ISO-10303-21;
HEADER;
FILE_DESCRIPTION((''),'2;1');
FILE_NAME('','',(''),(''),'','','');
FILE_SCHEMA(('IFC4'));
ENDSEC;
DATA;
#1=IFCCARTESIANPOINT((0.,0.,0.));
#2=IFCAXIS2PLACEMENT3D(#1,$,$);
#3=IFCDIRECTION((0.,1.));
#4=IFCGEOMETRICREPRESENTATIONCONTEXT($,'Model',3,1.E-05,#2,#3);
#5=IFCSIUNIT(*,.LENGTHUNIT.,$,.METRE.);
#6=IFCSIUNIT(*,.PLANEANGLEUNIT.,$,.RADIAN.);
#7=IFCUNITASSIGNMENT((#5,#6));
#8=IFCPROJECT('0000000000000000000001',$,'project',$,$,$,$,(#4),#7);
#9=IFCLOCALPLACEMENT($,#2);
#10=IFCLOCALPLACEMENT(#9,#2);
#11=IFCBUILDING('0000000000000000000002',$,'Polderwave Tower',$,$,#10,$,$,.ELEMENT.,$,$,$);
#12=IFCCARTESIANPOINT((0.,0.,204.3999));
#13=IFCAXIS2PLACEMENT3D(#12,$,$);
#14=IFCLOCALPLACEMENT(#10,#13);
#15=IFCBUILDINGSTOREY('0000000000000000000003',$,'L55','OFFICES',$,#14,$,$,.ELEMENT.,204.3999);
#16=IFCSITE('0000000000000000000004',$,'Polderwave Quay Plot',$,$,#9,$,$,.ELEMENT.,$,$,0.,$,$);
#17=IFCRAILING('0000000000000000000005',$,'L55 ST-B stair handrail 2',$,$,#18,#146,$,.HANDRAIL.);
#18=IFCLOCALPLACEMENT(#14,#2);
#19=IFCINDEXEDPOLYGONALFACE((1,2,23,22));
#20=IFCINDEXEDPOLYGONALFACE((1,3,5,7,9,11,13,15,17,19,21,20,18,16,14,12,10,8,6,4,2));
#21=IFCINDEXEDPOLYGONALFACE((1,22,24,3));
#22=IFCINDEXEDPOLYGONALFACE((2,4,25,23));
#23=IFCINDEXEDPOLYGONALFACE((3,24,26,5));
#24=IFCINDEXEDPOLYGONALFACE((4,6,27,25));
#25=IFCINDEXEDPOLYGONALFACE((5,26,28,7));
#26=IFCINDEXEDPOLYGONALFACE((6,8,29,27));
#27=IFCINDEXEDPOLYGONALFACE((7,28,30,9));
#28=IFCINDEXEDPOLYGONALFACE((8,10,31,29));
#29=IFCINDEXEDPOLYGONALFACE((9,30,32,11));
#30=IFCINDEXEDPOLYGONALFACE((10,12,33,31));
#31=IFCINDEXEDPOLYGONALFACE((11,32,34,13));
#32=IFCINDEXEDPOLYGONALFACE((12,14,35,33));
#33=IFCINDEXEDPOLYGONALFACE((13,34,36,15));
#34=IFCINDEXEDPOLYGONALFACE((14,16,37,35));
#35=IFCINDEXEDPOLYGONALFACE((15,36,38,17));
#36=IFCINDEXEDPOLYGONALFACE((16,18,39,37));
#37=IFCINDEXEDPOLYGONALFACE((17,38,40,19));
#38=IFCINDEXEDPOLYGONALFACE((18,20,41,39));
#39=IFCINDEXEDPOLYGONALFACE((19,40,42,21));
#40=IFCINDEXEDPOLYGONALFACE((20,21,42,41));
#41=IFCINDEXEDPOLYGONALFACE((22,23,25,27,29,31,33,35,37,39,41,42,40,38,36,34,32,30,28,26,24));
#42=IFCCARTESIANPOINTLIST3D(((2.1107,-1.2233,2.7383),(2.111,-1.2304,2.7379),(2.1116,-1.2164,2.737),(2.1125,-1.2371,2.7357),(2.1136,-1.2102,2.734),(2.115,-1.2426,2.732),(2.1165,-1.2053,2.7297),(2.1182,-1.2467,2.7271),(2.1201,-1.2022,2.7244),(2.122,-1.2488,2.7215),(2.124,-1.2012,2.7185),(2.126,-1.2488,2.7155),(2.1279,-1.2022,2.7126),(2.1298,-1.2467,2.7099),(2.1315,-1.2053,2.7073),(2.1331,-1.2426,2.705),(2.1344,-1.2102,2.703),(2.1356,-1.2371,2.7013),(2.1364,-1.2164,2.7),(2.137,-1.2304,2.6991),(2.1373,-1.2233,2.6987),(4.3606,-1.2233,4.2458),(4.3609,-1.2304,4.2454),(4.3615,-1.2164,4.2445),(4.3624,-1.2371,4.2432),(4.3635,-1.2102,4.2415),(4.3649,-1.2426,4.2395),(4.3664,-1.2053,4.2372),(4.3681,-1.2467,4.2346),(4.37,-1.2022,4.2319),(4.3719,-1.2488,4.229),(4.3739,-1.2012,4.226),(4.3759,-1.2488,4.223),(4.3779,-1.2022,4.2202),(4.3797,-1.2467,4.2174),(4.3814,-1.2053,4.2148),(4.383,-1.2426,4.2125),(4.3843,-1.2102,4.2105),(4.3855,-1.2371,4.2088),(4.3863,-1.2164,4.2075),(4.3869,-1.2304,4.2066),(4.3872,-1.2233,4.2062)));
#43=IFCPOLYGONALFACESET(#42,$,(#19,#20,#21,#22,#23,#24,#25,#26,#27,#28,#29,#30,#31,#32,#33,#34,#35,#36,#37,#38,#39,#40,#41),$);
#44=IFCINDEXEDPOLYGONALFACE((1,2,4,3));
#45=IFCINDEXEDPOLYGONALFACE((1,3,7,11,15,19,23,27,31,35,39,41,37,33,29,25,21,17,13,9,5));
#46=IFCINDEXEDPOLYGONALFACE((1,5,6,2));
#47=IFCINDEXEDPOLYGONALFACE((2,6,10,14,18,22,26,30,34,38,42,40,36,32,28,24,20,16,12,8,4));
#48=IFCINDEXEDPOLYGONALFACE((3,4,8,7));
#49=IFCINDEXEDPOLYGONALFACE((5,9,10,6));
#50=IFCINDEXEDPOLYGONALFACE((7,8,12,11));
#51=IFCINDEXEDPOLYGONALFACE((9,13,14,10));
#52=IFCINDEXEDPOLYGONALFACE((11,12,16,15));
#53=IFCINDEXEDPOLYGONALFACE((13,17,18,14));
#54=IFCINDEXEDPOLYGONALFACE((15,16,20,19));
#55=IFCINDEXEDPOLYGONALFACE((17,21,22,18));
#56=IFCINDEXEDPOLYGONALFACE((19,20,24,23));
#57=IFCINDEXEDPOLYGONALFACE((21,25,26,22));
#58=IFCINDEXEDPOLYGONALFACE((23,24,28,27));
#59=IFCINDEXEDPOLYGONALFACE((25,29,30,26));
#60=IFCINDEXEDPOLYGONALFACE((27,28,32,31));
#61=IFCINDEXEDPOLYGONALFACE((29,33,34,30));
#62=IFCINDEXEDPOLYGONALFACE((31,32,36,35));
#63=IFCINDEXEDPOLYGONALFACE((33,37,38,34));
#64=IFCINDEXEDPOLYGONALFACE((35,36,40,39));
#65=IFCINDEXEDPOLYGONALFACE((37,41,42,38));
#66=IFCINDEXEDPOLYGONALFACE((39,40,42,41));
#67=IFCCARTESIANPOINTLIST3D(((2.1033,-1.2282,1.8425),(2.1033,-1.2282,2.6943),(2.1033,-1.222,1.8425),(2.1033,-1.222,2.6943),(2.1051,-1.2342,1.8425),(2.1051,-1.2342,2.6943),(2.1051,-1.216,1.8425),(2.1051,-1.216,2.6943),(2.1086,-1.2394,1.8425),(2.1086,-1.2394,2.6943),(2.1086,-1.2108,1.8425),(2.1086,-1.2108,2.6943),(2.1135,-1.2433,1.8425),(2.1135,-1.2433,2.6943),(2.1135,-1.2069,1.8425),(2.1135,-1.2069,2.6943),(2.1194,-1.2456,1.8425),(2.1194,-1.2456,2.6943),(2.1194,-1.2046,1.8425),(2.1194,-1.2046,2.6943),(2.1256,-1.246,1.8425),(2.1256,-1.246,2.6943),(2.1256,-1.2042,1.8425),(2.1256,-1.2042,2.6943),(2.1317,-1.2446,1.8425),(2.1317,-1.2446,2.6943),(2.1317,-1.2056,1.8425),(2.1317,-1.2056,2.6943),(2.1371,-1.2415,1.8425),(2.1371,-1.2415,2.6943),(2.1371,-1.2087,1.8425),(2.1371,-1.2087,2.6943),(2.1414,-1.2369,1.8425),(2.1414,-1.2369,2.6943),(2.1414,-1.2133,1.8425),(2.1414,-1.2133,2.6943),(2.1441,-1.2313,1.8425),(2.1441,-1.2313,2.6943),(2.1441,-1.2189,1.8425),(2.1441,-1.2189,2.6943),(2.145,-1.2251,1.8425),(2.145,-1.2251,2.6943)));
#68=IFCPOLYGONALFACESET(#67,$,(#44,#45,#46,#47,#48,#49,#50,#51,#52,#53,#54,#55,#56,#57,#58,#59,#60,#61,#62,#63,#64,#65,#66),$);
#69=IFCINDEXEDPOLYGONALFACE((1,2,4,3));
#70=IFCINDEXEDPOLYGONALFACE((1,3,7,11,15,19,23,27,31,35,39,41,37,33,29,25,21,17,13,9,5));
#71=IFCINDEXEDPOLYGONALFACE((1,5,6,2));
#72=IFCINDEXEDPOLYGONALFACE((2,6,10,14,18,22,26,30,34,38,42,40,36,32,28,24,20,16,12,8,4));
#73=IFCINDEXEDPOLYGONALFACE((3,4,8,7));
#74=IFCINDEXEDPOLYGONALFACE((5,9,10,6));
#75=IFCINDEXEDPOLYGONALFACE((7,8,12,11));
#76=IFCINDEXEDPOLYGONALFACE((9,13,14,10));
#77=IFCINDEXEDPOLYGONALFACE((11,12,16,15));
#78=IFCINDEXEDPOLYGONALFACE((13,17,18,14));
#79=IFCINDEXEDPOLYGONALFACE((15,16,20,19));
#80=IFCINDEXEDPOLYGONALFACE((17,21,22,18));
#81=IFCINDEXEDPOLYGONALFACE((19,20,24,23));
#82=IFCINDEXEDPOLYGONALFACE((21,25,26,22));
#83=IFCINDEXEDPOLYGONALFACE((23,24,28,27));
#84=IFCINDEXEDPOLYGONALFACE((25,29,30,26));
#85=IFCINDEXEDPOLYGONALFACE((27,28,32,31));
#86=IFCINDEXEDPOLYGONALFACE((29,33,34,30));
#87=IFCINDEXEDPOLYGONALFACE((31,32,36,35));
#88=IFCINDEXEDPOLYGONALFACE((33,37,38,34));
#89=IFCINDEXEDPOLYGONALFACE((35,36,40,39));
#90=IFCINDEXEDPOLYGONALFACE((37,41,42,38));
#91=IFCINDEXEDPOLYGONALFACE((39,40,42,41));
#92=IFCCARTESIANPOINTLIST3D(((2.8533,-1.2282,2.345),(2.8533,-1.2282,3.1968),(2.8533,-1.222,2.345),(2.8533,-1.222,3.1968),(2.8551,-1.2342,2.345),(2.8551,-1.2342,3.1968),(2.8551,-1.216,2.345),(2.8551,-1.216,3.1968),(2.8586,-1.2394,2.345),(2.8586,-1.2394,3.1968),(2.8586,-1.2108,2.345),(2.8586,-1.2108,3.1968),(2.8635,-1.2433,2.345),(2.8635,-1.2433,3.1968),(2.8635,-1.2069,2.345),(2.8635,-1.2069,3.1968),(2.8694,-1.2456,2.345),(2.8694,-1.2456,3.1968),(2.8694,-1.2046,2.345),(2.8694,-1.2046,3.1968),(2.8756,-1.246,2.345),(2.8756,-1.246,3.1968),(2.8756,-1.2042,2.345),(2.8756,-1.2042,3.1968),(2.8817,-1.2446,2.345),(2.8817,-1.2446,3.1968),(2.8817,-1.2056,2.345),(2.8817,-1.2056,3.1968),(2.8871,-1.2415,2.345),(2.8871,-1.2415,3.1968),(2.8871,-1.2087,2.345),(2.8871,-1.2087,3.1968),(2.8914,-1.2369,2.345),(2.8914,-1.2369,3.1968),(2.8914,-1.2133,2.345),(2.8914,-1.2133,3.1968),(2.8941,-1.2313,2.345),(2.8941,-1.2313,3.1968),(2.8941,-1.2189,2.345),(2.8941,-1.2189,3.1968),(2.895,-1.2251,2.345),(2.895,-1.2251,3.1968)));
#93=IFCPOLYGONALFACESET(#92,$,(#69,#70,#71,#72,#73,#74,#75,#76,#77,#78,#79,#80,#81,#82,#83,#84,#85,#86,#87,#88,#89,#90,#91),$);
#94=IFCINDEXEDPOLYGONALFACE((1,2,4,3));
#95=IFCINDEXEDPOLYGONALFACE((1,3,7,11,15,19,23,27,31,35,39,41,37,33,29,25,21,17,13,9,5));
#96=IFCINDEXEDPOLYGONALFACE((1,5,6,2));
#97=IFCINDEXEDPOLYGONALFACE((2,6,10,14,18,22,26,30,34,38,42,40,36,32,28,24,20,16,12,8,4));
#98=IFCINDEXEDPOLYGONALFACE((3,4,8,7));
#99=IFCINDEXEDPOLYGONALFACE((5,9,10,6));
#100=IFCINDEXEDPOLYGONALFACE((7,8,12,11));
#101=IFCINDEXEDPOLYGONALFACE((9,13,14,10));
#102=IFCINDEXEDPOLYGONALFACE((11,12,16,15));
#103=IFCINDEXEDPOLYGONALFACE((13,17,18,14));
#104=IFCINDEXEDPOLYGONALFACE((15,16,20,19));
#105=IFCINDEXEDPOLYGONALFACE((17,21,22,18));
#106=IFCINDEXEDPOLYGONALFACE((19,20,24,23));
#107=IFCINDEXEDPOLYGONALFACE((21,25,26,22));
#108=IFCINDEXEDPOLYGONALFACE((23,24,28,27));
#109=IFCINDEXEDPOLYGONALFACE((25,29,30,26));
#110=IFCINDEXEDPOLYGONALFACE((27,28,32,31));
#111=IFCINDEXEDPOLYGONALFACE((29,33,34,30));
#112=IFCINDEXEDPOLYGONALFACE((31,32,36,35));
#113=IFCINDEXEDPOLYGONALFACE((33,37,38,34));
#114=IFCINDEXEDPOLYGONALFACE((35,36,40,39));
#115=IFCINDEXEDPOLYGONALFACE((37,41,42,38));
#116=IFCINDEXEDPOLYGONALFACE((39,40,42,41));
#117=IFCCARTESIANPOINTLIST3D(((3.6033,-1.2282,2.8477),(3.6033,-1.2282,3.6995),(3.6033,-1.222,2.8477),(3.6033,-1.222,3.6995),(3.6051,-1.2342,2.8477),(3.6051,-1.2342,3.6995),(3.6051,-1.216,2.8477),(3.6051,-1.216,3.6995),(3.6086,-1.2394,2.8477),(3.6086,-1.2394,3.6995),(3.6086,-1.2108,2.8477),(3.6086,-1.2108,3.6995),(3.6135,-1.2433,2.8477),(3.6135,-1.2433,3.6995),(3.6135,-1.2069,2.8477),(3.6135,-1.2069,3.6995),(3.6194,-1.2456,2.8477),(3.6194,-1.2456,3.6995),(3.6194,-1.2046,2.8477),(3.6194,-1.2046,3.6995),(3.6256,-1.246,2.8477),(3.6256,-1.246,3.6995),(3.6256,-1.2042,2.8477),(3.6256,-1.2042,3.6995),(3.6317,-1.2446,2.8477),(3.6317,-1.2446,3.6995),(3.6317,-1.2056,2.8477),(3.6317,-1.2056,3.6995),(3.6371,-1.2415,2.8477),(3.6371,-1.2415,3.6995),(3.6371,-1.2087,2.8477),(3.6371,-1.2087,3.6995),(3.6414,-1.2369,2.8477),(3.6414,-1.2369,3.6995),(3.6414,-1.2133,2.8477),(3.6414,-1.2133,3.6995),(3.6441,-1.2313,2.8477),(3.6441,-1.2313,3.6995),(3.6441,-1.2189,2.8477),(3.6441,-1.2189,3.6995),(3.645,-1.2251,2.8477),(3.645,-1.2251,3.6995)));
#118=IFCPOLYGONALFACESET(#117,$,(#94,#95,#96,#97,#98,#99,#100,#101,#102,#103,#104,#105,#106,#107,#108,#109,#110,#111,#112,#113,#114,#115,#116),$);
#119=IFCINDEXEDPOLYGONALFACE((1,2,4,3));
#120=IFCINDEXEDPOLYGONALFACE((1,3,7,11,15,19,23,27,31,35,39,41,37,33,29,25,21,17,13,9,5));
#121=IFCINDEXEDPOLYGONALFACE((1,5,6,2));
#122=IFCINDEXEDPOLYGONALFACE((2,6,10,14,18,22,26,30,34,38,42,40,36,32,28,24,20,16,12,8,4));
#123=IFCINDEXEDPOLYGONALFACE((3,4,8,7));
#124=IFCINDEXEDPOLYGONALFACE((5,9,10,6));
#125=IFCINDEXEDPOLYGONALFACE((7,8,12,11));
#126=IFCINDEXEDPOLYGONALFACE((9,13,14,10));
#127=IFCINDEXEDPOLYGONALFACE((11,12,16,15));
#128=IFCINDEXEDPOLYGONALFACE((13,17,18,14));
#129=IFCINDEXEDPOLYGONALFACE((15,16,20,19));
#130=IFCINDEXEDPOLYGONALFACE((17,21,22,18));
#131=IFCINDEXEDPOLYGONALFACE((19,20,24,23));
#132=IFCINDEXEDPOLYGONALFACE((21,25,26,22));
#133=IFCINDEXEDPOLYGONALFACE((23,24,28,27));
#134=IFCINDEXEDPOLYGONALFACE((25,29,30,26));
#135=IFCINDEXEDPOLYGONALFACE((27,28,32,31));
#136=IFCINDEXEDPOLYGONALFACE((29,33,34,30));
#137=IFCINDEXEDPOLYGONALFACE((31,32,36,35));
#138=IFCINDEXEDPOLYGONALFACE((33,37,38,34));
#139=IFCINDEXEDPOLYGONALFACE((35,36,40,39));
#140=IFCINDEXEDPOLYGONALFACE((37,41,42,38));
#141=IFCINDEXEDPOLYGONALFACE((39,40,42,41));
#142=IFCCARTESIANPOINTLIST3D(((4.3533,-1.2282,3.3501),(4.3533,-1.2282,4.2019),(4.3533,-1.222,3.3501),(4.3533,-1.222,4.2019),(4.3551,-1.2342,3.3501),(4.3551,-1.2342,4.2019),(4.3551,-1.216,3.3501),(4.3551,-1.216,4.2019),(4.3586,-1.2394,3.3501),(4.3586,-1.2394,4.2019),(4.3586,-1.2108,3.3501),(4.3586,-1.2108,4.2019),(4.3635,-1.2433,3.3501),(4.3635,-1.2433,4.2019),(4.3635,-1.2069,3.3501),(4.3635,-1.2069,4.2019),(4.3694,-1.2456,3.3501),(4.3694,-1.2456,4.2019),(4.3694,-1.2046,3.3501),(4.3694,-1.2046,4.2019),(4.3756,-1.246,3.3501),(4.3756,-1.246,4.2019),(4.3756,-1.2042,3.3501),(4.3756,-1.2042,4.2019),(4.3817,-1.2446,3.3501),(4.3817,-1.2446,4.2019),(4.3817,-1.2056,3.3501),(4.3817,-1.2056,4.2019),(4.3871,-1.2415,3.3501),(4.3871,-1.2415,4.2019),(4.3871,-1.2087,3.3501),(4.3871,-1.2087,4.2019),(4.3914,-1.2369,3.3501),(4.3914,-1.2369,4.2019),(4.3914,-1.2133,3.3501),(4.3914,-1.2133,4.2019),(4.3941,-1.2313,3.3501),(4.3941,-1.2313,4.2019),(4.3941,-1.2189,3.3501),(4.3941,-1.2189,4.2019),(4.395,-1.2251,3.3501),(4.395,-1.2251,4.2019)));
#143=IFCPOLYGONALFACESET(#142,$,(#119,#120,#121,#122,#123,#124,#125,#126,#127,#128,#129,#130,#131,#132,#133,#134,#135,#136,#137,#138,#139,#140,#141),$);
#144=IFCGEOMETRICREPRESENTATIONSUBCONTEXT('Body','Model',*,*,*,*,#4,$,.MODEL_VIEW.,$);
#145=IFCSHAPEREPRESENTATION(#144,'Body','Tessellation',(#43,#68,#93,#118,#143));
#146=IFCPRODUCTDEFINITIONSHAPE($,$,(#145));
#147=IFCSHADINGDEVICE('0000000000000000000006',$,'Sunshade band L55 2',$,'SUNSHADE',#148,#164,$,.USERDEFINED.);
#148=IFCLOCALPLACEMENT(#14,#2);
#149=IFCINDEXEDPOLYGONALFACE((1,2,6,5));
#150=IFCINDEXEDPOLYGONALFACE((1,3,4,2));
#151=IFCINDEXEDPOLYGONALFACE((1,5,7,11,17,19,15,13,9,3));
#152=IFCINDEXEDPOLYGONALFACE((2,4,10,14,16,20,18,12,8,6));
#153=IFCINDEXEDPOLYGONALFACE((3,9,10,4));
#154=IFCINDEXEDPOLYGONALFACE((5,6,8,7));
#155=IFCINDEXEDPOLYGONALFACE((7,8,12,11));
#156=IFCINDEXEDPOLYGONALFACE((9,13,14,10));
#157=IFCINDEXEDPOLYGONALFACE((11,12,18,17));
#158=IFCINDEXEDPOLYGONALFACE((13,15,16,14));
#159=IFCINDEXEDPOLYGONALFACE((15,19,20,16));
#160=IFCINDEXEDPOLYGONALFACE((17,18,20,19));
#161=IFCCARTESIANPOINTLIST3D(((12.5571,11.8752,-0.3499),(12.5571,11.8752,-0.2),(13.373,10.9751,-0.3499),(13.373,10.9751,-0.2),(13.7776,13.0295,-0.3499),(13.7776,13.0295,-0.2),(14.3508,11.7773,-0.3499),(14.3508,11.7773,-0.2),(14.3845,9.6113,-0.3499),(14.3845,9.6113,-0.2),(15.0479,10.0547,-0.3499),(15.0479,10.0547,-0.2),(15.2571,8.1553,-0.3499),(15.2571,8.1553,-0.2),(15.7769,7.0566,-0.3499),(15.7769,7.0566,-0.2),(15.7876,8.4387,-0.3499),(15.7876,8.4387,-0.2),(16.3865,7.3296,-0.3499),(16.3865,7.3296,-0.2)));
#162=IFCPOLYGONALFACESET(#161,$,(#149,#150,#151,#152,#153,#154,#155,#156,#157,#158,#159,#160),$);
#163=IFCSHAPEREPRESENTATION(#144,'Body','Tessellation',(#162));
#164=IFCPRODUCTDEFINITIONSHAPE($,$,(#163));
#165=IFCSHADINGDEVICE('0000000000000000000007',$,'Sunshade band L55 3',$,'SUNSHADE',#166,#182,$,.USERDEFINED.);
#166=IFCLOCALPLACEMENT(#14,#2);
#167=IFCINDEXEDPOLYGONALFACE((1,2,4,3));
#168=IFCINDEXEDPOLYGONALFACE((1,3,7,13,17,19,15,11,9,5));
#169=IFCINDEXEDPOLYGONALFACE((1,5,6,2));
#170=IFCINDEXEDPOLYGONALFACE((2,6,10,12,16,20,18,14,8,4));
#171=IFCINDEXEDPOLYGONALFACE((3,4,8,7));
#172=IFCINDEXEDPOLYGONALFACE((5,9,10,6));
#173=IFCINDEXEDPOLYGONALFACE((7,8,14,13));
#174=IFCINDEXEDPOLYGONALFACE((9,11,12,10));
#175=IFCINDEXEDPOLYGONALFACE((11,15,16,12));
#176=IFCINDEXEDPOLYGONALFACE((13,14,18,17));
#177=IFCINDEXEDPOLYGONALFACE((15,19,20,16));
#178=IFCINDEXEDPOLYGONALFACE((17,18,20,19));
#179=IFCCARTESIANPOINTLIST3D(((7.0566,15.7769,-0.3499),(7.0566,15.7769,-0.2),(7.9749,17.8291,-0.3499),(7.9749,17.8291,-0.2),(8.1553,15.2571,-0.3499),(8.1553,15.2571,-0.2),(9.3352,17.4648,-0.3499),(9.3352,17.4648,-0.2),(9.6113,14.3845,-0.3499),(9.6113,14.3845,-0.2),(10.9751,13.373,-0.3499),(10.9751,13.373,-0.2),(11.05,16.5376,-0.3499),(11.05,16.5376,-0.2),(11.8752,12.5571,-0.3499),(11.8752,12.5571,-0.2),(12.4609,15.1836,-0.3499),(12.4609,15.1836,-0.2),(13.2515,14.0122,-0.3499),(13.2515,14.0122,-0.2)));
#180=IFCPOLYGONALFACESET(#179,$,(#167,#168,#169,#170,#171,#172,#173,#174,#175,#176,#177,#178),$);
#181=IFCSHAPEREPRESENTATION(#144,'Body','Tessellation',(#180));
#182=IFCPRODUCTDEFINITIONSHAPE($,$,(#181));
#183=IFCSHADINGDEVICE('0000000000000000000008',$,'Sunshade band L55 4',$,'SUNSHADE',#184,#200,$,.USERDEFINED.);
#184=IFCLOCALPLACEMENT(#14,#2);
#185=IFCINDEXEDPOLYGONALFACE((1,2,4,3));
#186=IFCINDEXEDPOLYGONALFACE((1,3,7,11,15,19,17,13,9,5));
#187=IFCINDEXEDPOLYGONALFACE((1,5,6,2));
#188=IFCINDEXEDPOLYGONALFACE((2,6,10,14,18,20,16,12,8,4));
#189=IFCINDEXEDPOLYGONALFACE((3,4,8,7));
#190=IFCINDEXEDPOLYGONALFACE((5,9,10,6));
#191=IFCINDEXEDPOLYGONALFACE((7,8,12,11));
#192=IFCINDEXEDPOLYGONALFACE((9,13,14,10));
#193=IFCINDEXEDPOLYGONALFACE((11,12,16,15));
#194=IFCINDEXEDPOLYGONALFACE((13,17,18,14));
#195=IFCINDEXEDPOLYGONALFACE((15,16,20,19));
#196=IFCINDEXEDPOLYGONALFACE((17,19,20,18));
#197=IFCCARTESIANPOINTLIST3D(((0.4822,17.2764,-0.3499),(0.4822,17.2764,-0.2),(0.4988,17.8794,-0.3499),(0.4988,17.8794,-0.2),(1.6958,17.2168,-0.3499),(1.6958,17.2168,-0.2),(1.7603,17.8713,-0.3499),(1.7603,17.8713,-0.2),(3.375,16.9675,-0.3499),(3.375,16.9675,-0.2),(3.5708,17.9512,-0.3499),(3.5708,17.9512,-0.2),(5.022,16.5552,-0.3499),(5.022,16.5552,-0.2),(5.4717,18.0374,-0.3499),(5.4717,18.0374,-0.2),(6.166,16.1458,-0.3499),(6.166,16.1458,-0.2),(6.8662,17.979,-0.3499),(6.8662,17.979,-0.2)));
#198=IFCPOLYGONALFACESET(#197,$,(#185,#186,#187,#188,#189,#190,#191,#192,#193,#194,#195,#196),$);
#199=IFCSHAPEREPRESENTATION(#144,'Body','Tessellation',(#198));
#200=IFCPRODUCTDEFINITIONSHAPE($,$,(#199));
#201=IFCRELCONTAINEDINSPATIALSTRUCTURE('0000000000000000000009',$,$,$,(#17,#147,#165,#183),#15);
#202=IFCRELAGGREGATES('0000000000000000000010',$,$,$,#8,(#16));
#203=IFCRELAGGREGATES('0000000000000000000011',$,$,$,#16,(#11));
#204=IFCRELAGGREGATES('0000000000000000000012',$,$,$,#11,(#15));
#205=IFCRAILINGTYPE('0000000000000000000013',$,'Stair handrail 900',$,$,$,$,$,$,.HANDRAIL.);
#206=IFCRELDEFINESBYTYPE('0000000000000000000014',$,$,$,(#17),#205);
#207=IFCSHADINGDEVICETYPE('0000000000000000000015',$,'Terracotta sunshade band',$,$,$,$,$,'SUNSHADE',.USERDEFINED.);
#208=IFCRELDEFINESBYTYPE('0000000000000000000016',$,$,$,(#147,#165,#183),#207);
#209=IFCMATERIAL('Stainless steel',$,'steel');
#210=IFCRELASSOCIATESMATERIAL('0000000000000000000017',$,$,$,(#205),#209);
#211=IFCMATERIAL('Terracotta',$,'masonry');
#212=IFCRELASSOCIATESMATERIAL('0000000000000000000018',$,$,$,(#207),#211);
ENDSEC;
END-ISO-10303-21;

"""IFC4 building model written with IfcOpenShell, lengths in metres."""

from ifc_helpers import new_model, si_unit, direction, frame, origin, origin_2d, place, context, subcontext, project, spatial, polyline, circle, outline, extrude, material, type_object, element, save


model = new_model("IFC4")

# Units and contexts
model_context = context("Model", 3, precision=1e-05, world=origin(), true_north=direction((0.0, 1.0)))
body_context = subcontext(model_context, "Body", "Model", "MODEL_VIEW")
ifc_project = project(units=[si_unit("LENGTHUNIT", "METRE"), si_unit("PLANEANGLEUNIT", "RADIAN")], contexts=[model_context])

# Site, building, storey
site_placement = place(None, origin())
site = spatial("IfcSite", under=ifc_project, at=site_placement, Name="Polderwave Quay Plot", CompositionType="ELEMENT", RefElevation=0.0)
building_placement = place(site_placement, origin())
building = spatial("IfcBuilding", under=site, at=building_placement, Name="Polderwave Tower", CompositionType="ELEMENT")
storey_placement = place(building_placement, frame((0.0, 0.0, 204.3999)))
storey = spatial("IfcBuildingStorey", under=building, at=storey_placement, Name="L55", Description="OFFICES", CompositionType="ELEMENT", Elevation=204.3999)

# Railing
ifc_material_1 = material(Name="Stainless steel", Category="steel")
railing_type_1 = type_object("IfcRailingType", Name="Stair handrail 900", PredefinedType="HANDRAIL", material=ifc_material_1)
railing_1_placement = place(storey_placement, frame((2.124, -1.2251, 1.8425)))
element("IfcRailing", 1, at=railing_1_placement, inside=storey, type_object=railing_type_1, Name="L55 ST-B stair handrail 2", PredefinedType="HANDRAIL", context=body_context, shape_type="SweptSolid", body=[
    extrude(circle(Radius=0.0239, at=origin_2d()), frame((0.0, 0.0, 0.876), z_axis=(0.830758, 0.0, 0.556633), x_axis=(0.0, 1.0, 0.0)), (0.0, 0.0, 1.0), 2.7083),
    extrude(circle(Radius=0.021, at=origin_2d()), origin(), (0.0, 0.0, 1.0), 0.8518),
    extrude(circle(Radius=0.021, at=origin_2d()), frame((0.75, 0.0, 0.5024)), (0.0, 0.0, 1.0), 0.8518),
    extrude(circle(Radius=0.021, at=origin_2d()), frame((1.5, 0.0, 1.0051)), (0.0, 0.0, 1.0), 0.8518),
    extrude(circle(Radius=0.021, at=origin_2d()), frame((2.25, 0.0, 1.5076)), (0.0, 0.0, 1.0), 0.8518),
])

# Shading devices
ifc_material_2 = material(Name="Terracotta", Category="masonry")
shading_device_type = type_object("IfcShadingDeviceType", Name="Terracotta sunshade band", ElementType="SUNSHADE", PredefinedType="USERDEFINED", material=ifc_material_2)
shading_device_1_placement = place(storey_placement, frame((0.0, 0.0, -0.3499)))
element("IfcShadingDevice", 2, at=shading_device_1_placement, inside=storey, type_object=shading_device_type, Name="Sunshade band L55 2", ObjectType="SUNSHADE", PredefinedType="USERDEFINED", context=body_context, shape_type="SweptSolid", body=[
    extrude(outline(polyline([(15.7769, 7.0566), (15.2571, 8.1553), (14.3845, 9.6113), (13.373, 10.9751), (12.5571, 11.8752), (13.7776, 13.0295), (14.3508, 11.7773), (15.0479, 10.0547), (15.7876, 8.4387), (16.3865, 7.3296), (15.7769, 7.0566)])), origin(), (0.0, 0.0, 1.0), 0.1499),
])
shading_device_2_placement = place(storey_placement, frame((0.0, 0.0, -0.3499)))
element("IfcShadingDevice", 3, at=shading_device_2_placement, inside=storey, type_object=shading_device_type, Name="Sunshade band L55 3", ObjectType="SUNSHADE", PredefinedType="USERDEFINED", context=body_context, shape_type="SweptSolid", body=[
    extrude(outline(polyline([(11.8752, 12.5571), (10.9751, 13.373), (9.6113, 14.3845), (8.1553, 15.2571), (7.0566, 15.7769), (7.9749, 17.8291), (9.3352, 17.4648), (11.05, 16.5376), (12.4609, 15.1836), (13.2515, 14.0122), (11.8752, 12.5571)])), origin(), (0.0, 0.0, 1.0), 0.1499),
])
shading_device_3_placement = place(storey_placement, frame((0.0, 0.0, -0.3499)))
element("IfcShadingDevice", 4, at=shading_device_3_placement, inside=storey, type_object=shading_device_type, Name="Sunshade band L55 4", ObjectType="SUNSHADE", PredefinedType="USERDEFINED", context=body_context, shape_type="SweptSolid", body=[
    extrude(outline(polyline([(6.166, 16.1458), (5.022, 16.5552), (3.375, 16.9675), (1.6958, 17.2168), (0.4822, 17.2764), (0.4988, 17.8794), (1.7603, 17.8713), (3.5708, 17.9512), (5.4717, 18.0374), (6.8662, 17.979), (6.166, 16.1458)])), origin(), (0.0, 0.0, 1.0), 0.1499),
])

save(model, "model.ifc")
